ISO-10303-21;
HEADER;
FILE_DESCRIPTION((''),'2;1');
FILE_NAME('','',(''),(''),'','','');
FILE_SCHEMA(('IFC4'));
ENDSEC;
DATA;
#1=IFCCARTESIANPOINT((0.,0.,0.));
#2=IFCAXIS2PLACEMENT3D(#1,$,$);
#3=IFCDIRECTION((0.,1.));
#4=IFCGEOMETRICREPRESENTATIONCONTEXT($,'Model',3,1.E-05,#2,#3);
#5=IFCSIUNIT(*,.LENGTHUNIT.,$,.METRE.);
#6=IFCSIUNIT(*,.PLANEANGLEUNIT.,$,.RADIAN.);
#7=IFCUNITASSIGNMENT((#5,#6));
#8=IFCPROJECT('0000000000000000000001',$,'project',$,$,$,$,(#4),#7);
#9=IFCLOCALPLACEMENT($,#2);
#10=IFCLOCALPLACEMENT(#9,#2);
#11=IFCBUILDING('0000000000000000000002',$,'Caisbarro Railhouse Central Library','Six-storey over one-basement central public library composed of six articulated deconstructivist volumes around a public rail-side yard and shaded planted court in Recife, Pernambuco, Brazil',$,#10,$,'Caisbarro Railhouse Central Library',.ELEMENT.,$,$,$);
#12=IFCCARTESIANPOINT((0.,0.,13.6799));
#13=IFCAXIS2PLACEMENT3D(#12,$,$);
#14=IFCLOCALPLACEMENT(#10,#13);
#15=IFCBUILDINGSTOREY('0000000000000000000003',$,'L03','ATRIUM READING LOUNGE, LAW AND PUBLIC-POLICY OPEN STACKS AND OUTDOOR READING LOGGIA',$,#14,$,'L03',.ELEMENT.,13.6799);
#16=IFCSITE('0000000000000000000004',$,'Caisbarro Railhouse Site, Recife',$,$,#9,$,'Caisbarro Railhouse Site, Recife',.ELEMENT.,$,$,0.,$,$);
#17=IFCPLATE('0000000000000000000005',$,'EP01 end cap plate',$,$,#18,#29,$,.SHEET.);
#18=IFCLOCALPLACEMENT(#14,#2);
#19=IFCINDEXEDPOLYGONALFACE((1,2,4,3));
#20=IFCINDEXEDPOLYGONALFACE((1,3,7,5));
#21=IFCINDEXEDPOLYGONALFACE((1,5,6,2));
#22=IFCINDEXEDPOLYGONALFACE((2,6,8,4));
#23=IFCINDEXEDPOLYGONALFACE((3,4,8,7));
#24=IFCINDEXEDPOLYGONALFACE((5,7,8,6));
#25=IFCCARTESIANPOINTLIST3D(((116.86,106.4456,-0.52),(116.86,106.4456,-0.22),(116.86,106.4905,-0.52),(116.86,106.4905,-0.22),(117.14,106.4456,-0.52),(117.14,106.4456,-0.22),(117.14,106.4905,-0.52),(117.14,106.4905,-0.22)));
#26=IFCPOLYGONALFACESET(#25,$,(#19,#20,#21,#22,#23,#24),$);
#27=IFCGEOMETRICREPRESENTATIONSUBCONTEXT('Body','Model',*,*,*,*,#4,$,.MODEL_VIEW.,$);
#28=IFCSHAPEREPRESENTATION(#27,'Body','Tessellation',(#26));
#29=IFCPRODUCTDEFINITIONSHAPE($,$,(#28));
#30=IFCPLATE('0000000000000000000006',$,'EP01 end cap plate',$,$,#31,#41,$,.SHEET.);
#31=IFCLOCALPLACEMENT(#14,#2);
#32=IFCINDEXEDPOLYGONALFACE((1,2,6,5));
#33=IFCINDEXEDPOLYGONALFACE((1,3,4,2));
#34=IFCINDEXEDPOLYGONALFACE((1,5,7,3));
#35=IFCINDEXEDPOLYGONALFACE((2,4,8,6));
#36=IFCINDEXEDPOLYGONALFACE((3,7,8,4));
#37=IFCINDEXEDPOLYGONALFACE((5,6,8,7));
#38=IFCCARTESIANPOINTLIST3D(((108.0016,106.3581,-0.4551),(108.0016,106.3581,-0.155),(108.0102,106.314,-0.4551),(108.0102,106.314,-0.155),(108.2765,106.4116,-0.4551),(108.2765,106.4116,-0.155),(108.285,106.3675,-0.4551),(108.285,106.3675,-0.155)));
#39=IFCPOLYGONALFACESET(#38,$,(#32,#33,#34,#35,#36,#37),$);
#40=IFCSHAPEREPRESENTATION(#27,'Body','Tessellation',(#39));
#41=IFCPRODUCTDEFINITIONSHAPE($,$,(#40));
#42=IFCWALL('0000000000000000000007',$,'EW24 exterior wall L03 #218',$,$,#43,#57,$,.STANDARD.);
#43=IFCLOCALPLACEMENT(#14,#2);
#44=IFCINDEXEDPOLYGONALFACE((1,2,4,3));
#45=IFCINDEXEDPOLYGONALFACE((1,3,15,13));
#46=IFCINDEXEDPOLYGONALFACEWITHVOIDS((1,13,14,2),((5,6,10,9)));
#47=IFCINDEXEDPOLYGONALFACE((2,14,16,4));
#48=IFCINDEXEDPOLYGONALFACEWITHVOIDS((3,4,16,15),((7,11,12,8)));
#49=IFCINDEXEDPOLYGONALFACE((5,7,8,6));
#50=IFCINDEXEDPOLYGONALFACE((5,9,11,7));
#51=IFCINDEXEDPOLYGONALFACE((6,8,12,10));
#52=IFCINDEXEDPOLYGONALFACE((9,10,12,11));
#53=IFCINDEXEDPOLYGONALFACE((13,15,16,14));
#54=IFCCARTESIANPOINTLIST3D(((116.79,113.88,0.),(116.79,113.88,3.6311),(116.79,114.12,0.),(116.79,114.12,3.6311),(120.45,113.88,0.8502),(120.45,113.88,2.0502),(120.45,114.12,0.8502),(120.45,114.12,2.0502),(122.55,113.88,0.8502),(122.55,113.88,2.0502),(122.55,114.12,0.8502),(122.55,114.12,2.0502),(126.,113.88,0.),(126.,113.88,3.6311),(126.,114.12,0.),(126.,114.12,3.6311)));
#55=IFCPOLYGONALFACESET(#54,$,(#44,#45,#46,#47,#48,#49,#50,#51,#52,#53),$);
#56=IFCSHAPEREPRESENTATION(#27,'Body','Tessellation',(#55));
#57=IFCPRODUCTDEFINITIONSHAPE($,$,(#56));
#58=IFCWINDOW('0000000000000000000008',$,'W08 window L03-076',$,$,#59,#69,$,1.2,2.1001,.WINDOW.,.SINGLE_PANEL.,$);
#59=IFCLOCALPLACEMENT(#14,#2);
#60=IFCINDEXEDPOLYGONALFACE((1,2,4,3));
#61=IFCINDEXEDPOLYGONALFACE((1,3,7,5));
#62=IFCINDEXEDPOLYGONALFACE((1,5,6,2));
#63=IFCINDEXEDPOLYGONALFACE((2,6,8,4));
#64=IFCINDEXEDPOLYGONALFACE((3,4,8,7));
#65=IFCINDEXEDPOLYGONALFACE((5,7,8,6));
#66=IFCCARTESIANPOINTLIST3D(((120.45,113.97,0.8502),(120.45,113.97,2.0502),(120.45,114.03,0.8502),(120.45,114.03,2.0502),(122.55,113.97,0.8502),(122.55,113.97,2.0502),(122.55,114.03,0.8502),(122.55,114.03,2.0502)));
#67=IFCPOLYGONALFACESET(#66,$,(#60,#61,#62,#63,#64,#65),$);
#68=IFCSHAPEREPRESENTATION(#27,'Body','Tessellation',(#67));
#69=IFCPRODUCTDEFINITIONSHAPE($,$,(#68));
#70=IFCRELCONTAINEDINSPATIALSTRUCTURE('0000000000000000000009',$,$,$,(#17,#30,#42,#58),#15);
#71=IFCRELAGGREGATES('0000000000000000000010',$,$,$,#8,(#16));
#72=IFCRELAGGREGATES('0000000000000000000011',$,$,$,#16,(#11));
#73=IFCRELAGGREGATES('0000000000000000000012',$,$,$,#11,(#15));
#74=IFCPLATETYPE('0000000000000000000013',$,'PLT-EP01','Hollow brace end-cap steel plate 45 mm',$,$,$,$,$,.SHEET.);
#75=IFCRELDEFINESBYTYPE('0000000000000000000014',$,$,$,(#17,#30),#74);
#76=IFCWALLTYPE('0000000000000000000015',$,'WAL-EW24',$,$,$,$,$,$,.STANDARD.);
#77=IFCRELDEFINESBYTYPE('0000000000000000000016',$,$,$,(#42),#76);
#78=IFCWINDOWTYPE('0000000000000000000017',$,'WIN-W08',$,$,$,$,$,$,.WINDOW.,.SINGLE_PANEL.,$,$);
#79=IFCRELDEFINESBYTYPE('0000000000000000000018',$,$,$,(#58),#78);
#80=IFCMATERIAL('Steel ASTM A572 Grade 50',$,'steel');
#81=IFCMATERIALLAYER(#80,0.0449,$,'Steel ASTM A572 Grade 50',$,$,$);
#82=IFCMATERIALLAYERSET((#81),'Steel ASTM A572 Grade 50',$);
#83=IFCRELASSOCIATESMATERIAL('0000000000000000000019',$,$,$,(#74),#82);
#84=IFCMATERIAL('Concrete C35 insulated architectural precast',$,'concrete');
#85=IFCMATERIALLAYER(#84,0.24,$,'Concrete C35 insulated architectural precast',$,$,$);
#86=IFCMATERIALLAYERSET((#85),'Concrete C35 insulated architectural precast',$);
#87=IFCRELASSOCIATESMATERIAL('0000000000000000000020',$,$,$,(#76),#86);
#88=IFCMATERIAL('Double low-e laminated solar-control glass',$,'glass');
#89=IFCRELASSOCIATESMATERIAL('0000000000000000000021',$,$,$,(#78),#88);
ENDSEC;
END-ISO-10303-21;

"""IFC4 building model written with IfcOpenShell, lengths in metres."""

from ifc_helpers import new_model, si_unit, direction, frame, frame_2d, origin, origin_2d, place, context, subcontext, project, spatial, rectangle, extrude, material, layer, layer_set, type_object, element, fill, save


model = new_model("IFC4")

# Units and contexts
model_context = context("Model", 3, precision=1e-05, world=origin(), true_north=direction((0.0, 1.0)))
body_context = subcontext(model_context, "Body", "Model", "MODEL_VIEW")
ifc_project = project(units=[si_unit("LENGTHUNIT", "METRE"), si_unit("PLANEANGLEUNIT", "RADIAN")], contexts=[model_context])

# Site, building, storey
site_placement = place(None, origin())
site = spatial("IfcSite", under=ifc_project, at=site_placement, Name="Caisbarro Railhouse Site, Recife", LongName="Caisbarro Railhouse Site, Recife", CompositionType="ELEMENT", RefElevation=0.0)
building_placement = place(site_placement, origin())
building = spatial("IfcBuilding", under=site, at=building_placement, Name="Caisbarro Railhouse Central Library", Description="Six-storey over one-basement central public library composed of six articulated deconstructivist volumes around a public rail-side yard and shaded planted court in Recife, Pernambuco, Brazil", LongName="Caisbarro Railhouse Central Library", CompositionType="ELEMENT")
storey_placement = place(building_placement, frame((0.0, 0.0, 13.6799)))
storey = spatial("IfcBuildingStorey", under=building, at=storey_placement, Name="L03", Description="ATRIUM READING LOUNGE, LAW AND PUBLIC-POLICY OPEN STACKS AND OUTDOOR READING LOGGIA", LongName="L03", CompositionType="ELEMENT", Elevation=13.6799)

# Shared definitions
ifc_material_1 = material(Name="Steel ASTM A572 Grade 50", Category="steel")

# Shared definitions
ifc_material_2 = material(Name="Double low-e laminated solar-control glass", Category="glass")

# Plates
ifc_layer_1 = layer(ifc_material_1, 0.0449, Name="Steel ASTM A572 Grade 50")
ifc_layer_set_1 = layer_set([ifc_layer_1], Name="Steel ASTM A572 Grade 50")
plate_type_1 = type_object("IfcPlateType", Name="PLT-EP01", Description="Hollow brace end-cap steel plate 45 mm", PredefinedType="SHEET", material=ifc_layer_set_1)
for number, where, z_axis, x_axis, name in (
    (1, (117.0, 106.468, -0.52), (0.0, 0.0, 1.0), (0.0, 1.0, 0.0), "EP01 end cap plate"),
    (2, (108.1433, 106.3628, -0.4551), (0.0, 0.0, 1.0), (-0.19098, 0.981594, 0.0), "EP01 end cap plate"),
):
    element("IfcPlate", number, at=place(storey_placement, frame(where, z_axis=z_axis, x_axis=x_axis)), inside=storey, type_object=plate_type_1, Name=name, PredefinedType="SHEET", context=body_context, shape_type="SweptSolid", body=[
        extrude(rectangle(XDim=0.0449, YDim=0.28, at=origin_2d()), origin(), (0.0, 0.0, 1.0), 0.3),
    ])

# Wall, opening, window
ifc_material_3 = material(Name="Concrete C35 insulated architectural precast", Category="concrete")
ifc_layer_2 = layer(ifc_material_3, 0.24, Name="Concrete C35 insulated architectural precast")
ifc_layer_set_2 = layer_set([ifc_layer_2], Name="Concrete C35 insulated architectural precast")
wall_type = type_object("IfcWallType", Name="WAL-EW24", PredefinedType="STANDARD", material=ifc_layer_set_2)
wall_placement = place(storey_placement, frame((116.79, 114.0, 0.0), z_axis=(0.0, 0.0, 1.0), x_axis=(1.0, 0.0, 0.0)))
wall = element("IfcWall", 3, at=wall_placement, inside=storey, type_object=wall_type, Name="EW24 exterior wall L03 #218", PredefinedType="STANDARD", context=body_context, shape_type="SweptSolid", body=[
    extrude(rectangle(XDim=9.21, YDim=0.24, at=frame_2d((4.605, 0.0))), origin(), (0.0, 0.0, 1.0), 3.6311),
])
opening_placement = place(wall_placement, frame((3.6599, 0.0, 0.8501)))
opening = element("IfcOpeningElement", 4, at=opening_placement, cuts=wall, PredefinedType="OPENING", context=body_context, shape_type="SweptSolid", body=[
    extrude(rectangle(XDim=2.1001, YDim=1.2, at=frame_2d((1.05, 0.6001))), frame((0.0, 0.1299, 0.0), z_axis=(0.0, -1.0, 0.0), x_axis=(1.0, 0.0, 0.0)), (0.0, 0.0, 1.0), 0.26),
])
window_type = type_object("IfcWindowType", Name="WIN-W08", PartitioningType="SINGLE_PANEL", PredefinedType="WINDOW", material=ifc_material_2)
window_placement = place(opening_placement, origin())
window = element("IfcWindow", 5, at=window_placement, inside=storey, type_object=window_type, Name="W08 window L03-076", OverallHeight=1.2, OverallWidth=2.1001, PartitioningType="SINGLE_PANEL", PredefinedType="WINDOW", context=body_context, shape_type="SweptSolid", body=[
    extrude(rectangle(XDim=2.1001, YDim=1.2, at=frame_2d((1.05, 0.6001))), frame((0.0, 0.03, 0.0), z_axis=(0.0, -1.0, 0.0), x_axis=(1.0, 0.0, 0.0)), (0.0, 0.0, 1.0), 0.0601),
])
fill(opening, window)

save(model, "model.ifc")
